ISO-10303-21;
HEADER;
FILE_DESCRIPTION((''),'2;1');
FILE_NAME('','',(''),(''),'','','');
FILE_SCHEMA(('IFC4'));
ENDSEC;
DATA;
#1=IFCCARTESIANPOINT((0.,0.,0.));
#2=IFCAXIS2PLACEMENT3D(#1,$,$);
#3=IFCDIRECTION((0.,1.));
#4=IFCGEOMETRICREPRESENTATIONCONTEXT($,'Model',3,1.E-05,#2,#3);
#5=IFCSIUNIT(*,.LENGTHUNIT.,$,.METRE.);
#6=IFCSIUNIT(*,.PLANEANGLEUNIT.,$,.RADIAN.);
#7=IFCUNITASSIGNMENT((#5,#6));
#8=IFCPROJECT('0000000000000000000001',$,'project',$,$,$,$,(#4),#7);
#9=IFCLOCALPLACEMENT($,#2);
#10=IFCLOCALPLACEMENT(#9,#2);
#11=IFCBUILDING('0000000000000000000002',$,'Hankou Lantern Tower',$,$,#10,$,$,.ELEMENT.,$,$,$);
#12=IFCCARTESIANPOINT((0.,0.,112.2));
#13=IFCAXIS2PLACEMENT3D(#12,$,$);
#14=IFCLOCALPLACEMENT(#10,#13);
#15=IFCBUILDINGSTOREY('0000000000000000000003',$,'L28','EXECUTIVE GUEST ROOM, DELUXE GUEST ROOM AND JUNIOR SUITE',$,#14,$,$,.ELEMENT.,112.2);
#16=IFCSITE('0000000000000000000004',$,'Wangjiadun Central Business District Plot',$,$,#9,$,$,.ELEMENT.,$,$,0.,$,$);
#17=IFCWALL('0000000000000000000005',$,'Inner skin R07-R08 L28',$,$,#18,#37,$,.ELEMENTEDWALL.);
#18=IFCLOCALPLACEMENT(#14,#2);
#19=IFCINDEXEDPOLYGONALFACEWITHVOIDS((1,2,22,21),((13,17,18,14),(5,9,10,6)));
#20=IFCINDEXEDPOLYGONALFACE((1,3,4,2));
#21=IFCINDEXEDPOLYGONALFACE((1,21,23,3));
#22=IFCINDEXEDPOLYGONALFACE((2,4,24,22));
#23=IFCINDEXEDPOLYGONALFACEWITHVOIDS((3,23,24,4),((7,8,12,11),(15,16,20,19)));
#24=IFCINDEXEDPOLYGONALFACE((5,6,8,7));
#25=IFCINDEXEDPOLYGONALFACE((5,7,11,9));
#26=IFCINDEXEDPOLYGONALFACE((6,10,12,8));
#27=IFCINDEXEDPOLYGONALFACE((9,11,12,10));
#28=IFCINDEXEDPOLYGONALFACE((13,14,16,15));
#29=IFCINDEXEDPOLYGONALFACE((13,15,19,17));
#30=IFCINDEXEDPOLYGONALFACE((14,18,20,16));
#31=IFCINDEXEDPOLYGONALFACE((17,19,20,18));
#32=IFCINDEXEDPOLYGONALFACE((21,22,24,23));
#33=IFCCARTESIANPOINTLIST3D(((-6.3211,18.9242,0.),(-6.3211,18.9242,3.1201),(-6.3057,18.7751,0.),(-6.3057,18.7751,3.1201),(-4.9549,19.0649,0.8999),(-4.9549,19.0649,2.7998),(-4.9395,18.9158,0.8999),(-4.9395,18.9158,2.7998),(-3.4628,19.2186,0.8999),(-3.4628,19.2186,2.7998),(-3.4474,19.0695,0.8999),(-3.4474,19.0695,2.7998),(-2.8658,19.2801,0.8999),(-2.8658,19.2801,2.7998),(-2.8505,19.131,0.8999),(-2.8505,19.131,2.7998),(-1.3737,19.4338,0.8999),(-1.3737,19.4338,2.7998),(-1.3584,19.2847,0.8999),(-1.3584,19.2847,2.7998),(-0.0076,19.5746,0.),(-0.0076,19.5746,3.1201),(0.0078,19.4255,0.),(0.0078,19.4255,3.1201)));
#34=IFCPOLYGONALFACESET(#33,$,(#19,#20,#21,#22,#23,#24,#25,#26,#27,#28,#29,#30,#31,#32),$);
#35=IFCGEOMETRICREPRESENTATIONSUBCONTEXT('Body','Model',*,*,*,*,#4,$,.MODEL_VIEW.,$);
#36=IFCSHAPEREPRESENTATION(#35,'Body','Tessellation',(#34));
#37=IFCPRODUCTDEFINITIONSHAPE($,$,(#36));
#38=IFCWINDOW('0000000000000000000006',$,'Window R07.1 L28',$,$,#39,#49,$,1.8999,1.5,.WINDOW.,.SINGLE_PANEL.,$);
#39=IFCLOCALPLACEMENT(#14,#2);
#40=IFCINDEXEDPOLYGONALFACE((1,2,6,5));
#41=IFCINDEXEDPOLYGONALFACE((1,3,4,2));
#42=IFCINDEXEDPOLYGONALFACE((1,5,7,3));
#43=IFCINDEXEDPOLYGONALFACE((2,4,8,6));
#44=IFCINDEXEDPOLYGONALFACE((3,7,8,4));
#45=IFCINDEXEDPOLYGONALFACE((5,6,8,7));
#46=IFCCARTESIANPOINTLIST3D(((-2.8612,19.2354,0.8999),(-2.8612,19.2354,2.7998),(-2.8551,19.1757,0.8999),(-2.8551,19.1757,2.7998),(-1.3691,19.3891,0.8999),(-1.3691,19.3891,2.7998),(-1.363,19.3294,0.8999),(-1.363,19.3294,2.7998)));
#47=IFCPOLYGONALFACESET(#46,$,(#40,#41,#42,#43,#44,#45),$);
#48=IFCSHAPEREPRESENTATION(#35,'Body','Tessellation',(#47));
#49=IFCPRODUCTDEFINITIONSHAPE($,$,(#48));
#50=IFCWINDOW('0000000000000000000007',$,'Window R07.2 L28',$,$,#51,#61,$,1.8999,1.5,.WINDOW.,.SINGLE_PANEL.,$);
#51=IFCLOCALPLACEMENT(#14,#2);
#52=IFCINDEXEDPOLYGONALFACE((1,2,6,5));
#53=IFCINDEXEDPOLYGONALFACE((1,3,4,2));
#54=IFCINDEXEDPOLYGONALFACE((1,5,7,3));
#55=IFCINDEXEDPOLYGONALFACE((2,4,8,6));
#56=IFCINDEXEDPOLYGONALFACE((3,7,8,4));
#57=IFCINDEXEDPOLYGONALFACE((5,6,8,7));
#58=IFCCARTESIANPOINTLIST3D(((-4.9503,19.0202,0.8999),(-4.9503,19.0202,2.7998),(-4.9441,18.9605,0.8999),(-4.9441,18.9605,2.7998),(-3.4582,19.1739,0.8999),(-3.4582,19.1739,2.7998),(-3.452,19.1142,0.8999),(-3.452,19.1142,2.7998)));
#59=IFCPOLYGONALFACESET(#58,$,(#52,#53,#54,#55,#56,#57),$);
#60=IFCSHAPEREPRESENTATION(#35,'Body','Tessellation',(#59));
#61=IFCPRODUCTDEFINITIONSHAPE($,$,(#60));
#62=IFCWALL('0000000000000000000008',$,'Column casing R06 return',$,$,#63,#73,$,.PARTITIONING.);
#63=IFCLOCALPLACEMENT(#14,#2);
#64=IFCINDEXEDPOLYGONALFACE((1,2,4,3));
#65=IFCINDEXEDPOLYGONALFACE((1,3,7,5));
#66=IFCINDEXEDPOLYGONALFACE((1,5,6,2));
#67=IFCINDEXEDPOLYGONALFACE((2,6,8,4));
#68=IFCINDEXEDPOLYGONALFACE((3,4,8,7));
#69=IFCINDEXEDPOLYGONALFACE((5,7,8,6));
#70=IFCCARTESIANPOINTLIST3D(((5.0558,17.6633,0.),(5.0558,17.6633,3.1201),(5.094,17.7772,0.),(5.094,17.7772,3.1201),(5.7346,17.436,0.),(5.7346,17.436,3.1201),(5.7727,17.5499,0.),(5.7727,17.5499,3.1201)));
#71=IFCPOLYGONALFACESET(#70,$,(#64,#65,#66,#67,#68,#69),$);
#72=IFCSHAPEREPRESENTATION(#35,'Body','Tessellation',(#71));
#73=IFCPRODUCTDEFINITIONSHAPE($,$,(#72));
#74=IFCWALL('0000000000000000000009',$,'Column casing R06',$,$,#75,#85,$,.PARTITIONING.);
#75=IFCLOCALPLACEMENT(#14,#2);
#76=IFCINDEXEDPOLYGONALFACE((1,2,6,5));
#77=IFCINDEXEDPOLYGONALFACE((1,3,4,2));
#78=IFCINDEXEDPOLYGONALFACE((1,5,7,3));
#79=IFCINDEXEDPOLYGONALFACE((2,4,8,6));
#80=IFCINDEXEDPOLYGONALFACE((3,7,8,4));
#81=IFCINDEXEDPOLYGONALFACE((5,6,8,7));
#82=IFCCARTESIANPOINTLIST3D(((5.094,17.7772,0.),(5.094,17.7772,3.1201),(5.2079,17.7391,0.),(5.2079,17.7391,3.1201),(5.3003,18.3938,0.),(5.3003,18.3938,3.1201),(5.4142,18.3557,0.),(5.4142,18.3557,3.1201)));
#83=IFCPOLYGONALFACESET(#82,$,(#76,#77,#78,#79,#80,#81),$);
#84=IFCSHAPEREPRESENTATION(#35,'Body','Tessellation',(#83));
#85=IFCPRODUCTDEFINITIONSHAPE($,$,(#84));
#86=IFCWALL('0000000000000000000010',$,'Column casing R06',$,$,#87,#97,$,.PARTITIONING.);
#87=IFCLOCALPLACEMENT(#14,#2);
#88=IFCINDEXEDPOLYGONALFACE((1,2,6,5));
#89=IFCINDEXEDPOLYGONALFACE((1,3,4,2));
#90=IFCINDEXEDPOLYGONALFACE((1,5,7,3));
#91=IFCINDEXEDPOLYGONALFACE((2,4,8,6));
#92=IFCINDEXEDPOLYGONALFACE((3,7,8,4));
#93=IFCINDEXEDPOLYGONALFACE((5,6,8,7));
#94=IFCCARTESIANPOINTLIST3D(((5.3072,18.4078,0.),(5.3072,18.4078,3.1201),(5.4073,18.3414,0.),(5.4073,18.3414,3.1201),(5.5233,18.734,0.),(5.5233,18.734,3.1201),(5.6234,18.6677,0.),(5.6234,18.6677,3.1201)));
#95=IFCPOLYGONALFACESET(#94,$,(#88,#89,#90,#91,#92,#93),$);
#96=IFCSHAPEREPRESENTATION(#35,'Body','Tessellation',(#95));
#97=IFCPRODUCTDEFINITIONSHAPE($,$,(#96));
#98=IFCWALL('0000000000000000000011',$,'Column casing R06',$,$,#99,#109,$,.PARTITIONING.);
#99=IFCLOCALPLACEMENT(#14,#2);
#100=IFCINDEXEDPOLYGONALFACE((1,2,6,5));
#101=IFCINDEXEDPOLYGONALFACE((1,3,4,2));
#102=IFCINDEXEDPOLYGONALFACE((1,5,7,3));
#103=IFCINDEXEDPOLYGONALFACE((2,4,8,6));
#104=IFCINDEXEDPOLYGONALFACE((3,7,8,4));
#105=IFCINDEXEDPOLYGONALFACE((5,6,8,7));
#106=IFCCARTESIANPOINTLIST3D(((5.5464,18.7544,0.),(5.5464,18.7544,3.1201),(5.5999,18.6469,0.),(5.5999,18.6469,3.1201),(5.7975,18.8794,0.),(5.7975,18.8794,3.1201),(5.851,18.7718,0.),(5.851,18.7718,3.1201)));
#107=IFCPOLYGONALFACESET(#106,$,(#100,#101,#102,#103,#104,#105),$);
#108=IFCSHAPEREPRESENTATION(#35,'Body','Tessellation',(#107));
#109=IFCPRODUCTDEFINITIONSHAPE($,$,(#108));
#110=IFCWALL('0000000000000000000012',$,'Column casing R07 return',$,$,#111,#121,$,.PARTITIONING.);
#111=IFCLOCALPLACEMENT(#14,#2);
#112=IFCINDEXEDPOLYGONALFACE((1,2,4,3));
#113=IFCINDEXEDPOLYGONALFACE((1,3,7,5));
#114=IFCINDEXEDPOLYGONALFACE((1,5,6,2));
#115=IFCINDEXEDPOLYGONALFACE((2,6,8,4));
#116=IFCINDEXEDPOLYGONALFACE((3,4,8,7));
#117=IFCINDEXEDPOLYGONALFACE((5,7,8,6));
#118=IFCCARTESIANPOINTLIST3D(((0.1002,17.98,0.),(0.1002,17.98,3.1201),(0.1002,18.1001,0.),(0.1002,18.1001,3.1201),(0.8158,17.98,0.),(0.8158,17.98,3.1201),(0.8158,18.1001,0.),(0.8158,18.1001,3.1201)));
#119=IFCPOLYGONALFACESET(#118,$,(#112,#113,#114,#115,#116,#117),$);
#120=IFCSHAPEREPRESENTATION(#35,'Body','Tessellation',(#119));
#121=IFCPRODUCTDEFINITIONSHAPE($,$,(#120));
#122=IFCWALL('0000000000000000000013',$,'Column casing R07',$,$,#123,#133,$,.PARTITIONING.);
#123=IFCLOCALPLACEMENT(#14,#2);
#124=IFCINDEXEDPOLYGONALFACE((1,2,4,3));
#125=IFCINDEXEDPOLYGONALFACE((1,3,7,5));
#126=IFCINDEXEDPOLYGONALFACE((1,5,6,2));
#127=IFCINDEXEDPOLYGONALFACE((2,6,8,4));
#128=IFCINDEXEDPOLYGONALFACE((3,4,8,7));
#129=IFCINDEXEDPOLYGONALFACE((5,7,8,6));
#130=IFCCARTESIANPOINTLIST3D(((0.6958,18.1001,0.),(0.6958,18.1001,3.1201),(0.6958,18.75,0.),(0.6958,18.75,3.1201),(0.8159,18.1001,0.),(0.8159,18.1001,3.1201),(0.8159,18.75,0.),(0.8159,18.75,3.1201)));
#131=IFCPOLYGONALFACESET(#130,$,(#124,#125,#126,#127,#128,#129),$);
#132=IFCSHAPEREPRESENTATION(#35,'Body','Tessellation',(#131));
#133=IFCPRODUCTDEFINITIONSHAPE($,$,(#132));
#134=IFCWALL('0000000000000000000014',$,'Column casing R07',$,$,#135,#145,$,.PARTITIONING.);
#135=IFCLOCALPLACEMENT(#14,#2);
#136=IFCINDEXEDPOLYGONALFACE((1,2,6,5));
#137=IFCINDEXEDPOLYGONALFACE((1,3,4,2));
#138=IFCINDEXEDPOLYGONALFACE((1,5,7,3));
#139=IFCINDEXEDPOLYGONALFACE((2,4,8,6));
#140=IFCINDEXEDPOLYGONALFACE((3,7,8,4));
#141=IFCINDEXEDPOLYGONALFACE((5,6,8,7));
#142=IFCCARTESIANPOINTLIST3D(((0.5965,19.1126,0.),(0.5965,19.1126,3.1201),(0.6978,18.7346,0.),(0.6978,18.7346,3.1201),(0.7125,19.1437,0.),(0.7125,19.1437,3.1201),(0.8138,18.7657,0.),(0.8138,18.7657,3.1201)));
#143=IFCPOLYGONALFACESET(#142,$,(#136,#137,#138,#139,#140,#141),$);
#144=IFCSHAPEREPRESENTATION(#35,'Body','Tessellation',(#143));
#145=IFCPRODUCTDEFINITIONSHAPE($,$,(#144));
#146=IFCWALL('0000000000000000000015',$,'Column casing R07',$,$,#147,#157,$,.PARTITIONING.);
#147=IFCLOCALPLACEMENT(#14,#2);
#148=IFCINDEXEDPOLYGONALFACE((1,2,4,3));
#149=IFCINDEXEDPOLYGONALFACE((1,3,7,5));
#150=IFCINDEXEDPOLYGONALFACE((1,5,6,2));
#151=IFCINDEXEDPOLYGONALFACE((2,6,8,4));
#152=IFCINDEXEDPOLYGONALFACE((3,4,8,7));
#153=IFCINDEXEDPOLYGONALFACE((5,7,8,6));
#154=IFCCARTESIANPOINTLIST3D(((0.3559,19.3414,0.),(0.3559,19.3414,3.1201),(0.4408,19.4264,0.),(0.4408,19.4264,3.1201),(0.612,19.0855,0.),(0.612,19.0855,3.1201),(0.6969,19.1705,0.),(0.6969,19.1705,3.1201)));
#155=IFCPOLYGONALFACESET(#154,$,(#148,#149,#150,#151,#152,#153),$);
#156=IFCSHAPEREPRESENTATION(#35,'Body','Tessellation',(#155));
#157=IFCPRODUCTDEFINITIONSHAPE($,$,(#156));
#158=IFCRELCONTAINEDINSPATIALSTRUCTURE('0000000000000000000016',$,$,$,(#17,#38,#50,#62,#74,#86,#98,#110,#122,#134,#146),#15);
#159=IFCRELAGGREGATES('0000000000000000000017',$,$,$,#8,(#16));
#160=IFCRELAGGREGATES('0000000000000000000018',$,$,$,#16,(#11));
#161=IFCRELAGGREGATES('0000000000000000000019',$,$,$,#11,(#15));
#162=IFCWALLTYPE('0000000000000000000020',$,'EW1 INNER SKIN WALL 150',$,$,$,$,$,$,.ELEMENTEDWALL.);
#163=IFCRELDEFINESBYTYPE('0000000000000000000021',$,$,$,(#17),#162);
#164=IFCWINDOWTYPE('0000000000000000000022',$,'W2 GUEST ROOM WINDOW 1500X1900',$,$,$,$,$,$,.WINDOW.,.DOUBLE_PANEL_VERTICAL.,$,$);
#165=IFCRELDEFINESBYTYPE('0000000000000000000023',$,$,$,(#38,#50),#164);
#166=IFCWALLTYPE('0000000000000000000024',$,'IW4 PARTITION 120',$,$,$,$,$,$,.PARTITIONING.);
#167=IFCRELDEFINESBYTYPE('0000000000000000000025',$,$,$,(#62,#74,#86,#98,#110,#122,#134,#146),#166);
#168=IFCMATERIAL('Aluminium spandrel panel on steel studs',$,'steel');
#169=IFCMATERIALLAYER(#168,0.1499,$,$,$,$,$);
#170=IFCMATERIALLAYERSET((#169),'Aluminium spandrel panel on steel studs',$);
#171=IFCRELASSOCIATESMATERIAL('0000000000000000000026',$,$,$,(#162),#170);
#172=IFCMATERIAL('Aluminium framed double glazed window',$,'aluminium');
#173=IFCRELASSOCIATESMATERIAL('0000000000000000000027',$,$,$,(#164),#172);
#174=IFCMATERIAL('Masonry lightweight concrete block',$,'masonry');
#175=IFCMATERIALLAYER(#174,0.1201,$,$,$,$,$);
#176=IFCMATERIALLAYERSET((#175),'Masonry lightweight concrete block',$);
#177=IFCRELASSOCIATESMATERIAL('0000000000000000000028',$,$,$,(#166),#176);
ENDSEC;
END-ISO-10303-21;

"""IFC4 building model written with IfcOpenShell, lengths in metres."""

from ifc_helpers import new_model, si_unit, direction, frame, frame_2d, origin, place, context, subcontext, project, spatial, rectangle, extrude, material, layer, layer_set, type_object, element, fill, save


model = new_model("IFC4")

# Units and contexts
model_context = context("Model", 3, precision=1e-05, world=origin(), true_north=direction((0.0, 1.0)))
body_context = subcontext(model_context, "Body", "Model", "MODEL_VIEW")
ifc_project = project(units=[si_unit("LENGTHUNIT", "METRE"), si_unit("PLANEANGLEUNIT", "RADIAN")], contexts=[model_context])

# Site, building, storey
site_placement = place(None, origin())
site = spatial("IfcSite", under=ifc_project, at=site_placement, Name="Wangjiadun Central Business District Plot", CompositionType="ELEMENT", RefElevation=0.0)
building_placement = place(site_placement, origin())
building = spatial("IfcBuilding", under=site, at=building_placement, Name="Hankou Lantern Tower", CompositionType="ELEMENT")
storey_placement = place(building_placement, frame((0.0, 0.0, 112.2)))
storey = spatial("IfcBuildingStorey", under=building, at=storey_placement, Name="L28", Description="EXECUTIVE GUEST ROOM, DELUXE GUEST ROOM AND JUNIOR SUITE", CompositionType="ELEMENT", Elevation=112.2)

# Wall, openings, windows
ifc_material_1 = material(Name="Aluminium spandrel panel on steel studs", Category="steel")
ifc_layer_1 = layer(ifc_material_1, 0.1499)
ifc_layer_set_1 = layer_set([ifc_layer_1], Name="Aluminium spandrel panel on steel studs")
wall_type_1 = type_object("IfcWallType", Name="EW1 INNER SKIN WALL 150", PredefinedType="ELEMENTEDWALL", material=ifc_layer_set_1)
ifc_material_2 = material(Name="Aluminium framed double glazed window", Category="aluminium")
window_type = type_object("IfcWindowType", Name="W2 GUEST ROOM WINDOW 1500X1900", PartitioningType="DOUBLE_PANEL_VERTICAL", PredefinedType="WINDOW", material=ifc_material_2)
wall_1_placement = place(storey_placement, frame((0.0, 19.5, 0.0), z_axis=(0.0, 0.0, 1.0), x_axis=(-0.994736, -0.102474, 0.0)))
wall_1 = element("IfcWall", 1, at=wall_1_placement, inside=storey, type_object=wall_type_1, Name="Inner skin R07-R08 L28", PredefinedType="ELEMENTEDWALL", context=body_context, shape_type="SweptSolid", body=[
    extrude(rectangle(XDim=6.3469, YDim=0.1499, at=frame_2d((3.1733, 0.0))), origin(), (0.0, 0.0, 1.0), 3.1201),
])
opening_1_placement = place(wall_1_placement, frame((1.3733, 0.0, 0.8999)))
opening_1 = element("IfcOpeningElement", 2, at=opening_1_placement, cuts=wall_1, PredefinedType="OPENING", context=body_context, shape_type="SweptSolid", body=[
    extrude(rectangle(XDim=1.5, YDim=1.8999, at=frame_2d((0.75, 0.95))), frame((0.0, 0.085, 0.0), z_axis=(0.0, -1.0, 0.0), x_axis=(1.0, 0.0, 0.0)), (0.0, 0.0, 1.0), 0.1699),
])
opening_2_placement = place(wall_1_placement, frame((3.4734, 0.0, 0.8999)))
opening_2 = element("IfcOpeningElement", 3, at=opening_2_placement, cuts=wall_1, PredefinedType="OPENING", context=body_context, shape_type="SweptSolid", body=[
    extrude(rectangle(XDim=1.5, YDim=1.8999, at=frame_2d((0.75, 0.95))), frame((0.0, 0.085, 0.0), z_axis=(0.0, -1.0, 0.0), x_axis=(1.0, 0.0, 0.0)), (0.0, 0.0, 1.0), 0.1699),
])
window_1_placement = place(opening_1_placement, origin())
window_1 = element("IfcWindow", 4, at=window_1_placement, inside=storey, type_object=window_type, Name="Window R07.1 L28", OverallHeight=1.8999, OverallWidth=1.5, PartitioningType="SINGLE_PANEL", PredefinedType="WINDOW", context=body_context, shape_type="SweptSolid", body=[
    extrude(rectangle(XDim=1.5, YDim=1.8999, at=frame_2d((0.75, 0.95))), frame((0.0, 0.03, 0.0), z_axis=(0.0, -1.0, 0.0), x_axis=(1.0, 0.0, 0.0)), (0.0, 0.0, 1.0), 0.0601),
])
fill(opening_1, window_1)
window_2_placement = place(opening_2_placement, origin())
window_2 = element("IfcWindow", 5, at=window_2_placement, inside=storey, type_object=window_type, Name="Window R07.2 L28", OverallHeight=1.8999, OverallWidth=1.5, PartitioningType="SINGLE_PANEL", PredefinedType="WINDOW", context=body_context, shape_type="SweptSolid", body=[
    extrude(rectangle(XDim=1.5, YDim=1.8999, at=frame_2d((0.75, 0.95))), frame((0.0, 0.03, 0.0), z_axis=(0.0, -1.0, 0.0), x_axis=(1.0, 0.0, 0.0)), (0.0, 0.0, 1.0), 0.0601),
])
fill(opening_2, window_2)

# Walls
ifc_material_3 = material(Name="Masonry lightweight concrete block", Category="masonry")
ifc_layer_2 = layer(ifc_material_3, 0.1201)
ifc_layer_set_2 = layer_set([ifc_layer_2], Name="Masonry lightweight concrete block")
wall_type_2 = type_object("IfcWallType", Name="IW4 PARTITION 120", PredefinedType="PARTITIONING", material=ifc_layer_set_2)
wall_2_placement = place(storey_placement, frame((5.7537, 17.4929, 0.0), z_axis=(0.0, 0.0, 1.0), x_axis=(-0.948239, 0.317558, 0.0)))
element("IfcWall", 6, at=wall_2_placement, inside=storey, type_object=wall_type_2, Name="Column casing R06 return", PredefinedType="PARTITIONING", context=body_context, shape_type="SweptSolid", body=[
    extrude(rectangle(XDim=0.7158, YDim=0.1201, at=frame_2d((0.3579, 0.0))), origin(), (0.0, 0.0, 1.0), 3.1201),
])
wall_3_placement = place(storey_placement, frame((5.1509, 17.7581, 0.0), z_axis=(0.0, 0.0, 1.0), x_axis=(0.317354, 0.948307, 0.0)))
element("IfcWall", 7, at=wall_3_placement, inside=storey, type_object=wall_type_2, Name="Column casing R06", PredefinedType="PARTITIONING", context=body_context, shape_type="SweptSolid", body=[
    extrude(rectangle(XDim=0.6501, YDim=0.1201, at=frame_2d((0.3252, 0.0))), origin(), (0.0, 0.0, 1.0), 3.1201),
])
wall_4_placement = place(storey_placement, frame((5.3572, 18.3745, 0.0), z_axis=(0.0, 0.0, 1.0), x_axis=(0.55225, 0.833679, 0.0)))
element("IfcWall", 8, at=wall_4_placement, inside=storey, type_object=wall_type_2, Name="Column casing R06", PredefinedType="PARTITIONING", context=body_context, shape_type="SweptSolid", body=[
    extrude(rectangle(XDim=0.3914, YDim=0.1201, at=frame_2d((0.1958, 0.0))), origin(), (0.0, 0.0, 1.0), 3.1201),
])
wall_5_placement = place(storey_placement, frame((5.5732, 18.7007, 0.0), z_axis=(0.0, 0.0, 1.0), x_axis=(0.895296, 0.445473, 0.0)))
element("IfcWall", 9, at=wall_5_placement, inside=storey, type_object=wall_type_2, Name="Column casing R06", PredefinedType="PARTITIONING", context=body_context, shape_type="SweptSolid", body=[
    extrude(rectangle(XDim=0.2805, YDim=0.1201, at=frame_2d((0.1401, 0.0))), origin(), (0.0, 0.0, 1.0), 3.1201),
])
wall_6_placement = place(storey_placement, frame((0.1001, 18.04, 0.0), z_axis=(0.0, 0.0, 1.0), x_axis=(1.0, 0.0, 0.0)))
element("IfcWall", 10, at=wall_6_placement, inside=storey, type_object=wall_type_2, Name="Column casing R07 return", PredefinedType="PARTITIONING", context=body_context, shape_type="SweptSolid", body=[
    extrude(rectangle(XDim=0.7156, YDim=0.1201, at=frame_2d((0.3579, 0.0))), origin(), (0.0, 0.0, 1.0), 3.1201),
])
wall_7_placement = place(storey_placement, frame((0.7559, 18.1001, 0.0), z_axis=(0.0, 0.0, 1.0), x_axis=(0.0, 1.0, 0.0)))
element("IfcWall", 11, at=wall_7_placement, inside=storey, type_object=wall_type_2, Name="Column casing R07", PredefinedType="PARTITIONING", context=body_context, shape_type="SweptSolid", body=[
    extrude(rectangle(XDim=0.6499, YDim=0.1201, at=frame_2d((0.325, 0.0))), origin(), (0.0, 0.0, 1.0), 3.1201),
])
wall_8_placement = place(storey_placement, frame((0.7559, 18.75, 0.0), z_axis=(0.0, 0.0, 1.0), x_axis=(-0.258944, 0.965892, 0.0)))
element("IfcWall", 12, at=wall_8_placement, inside=storey, type_object=wall_type_2, Name="Column casing R07", PredefinedType="PARTITIONING", context=body_context, shape_type="SweptSolid", body=[
    extrude(rectangle(XDim=0.3914, YDim=0.1201, at=frame_2d((0.1958, 0.0))), origin(), (0.0, 0.0, 1.0), 3.1201),
])
wall_9_placement = place(storey_placement, frame((0.6545, 19.1279, 0.0), z_axis=(0.0, 0.0, 1.0), x_axis=(-0.707444, 0.70677, 0.0)))
element("IfcWall", 13, at=wall_9_placement, inside=storey, type_object=wall_type_2, Name="Column casing R07", PredefinedType="PARTITIONING", context=body_context, shape_type="SweptSolid", body=[
    extrude(rectangle(XDim=0.3621, YDim=0.1201, at=frame_2d((0.1812, 0.0))), origin(), (0.0, 0.0, 1.0), 3.1201),
])

save(model, "model.ifc")
